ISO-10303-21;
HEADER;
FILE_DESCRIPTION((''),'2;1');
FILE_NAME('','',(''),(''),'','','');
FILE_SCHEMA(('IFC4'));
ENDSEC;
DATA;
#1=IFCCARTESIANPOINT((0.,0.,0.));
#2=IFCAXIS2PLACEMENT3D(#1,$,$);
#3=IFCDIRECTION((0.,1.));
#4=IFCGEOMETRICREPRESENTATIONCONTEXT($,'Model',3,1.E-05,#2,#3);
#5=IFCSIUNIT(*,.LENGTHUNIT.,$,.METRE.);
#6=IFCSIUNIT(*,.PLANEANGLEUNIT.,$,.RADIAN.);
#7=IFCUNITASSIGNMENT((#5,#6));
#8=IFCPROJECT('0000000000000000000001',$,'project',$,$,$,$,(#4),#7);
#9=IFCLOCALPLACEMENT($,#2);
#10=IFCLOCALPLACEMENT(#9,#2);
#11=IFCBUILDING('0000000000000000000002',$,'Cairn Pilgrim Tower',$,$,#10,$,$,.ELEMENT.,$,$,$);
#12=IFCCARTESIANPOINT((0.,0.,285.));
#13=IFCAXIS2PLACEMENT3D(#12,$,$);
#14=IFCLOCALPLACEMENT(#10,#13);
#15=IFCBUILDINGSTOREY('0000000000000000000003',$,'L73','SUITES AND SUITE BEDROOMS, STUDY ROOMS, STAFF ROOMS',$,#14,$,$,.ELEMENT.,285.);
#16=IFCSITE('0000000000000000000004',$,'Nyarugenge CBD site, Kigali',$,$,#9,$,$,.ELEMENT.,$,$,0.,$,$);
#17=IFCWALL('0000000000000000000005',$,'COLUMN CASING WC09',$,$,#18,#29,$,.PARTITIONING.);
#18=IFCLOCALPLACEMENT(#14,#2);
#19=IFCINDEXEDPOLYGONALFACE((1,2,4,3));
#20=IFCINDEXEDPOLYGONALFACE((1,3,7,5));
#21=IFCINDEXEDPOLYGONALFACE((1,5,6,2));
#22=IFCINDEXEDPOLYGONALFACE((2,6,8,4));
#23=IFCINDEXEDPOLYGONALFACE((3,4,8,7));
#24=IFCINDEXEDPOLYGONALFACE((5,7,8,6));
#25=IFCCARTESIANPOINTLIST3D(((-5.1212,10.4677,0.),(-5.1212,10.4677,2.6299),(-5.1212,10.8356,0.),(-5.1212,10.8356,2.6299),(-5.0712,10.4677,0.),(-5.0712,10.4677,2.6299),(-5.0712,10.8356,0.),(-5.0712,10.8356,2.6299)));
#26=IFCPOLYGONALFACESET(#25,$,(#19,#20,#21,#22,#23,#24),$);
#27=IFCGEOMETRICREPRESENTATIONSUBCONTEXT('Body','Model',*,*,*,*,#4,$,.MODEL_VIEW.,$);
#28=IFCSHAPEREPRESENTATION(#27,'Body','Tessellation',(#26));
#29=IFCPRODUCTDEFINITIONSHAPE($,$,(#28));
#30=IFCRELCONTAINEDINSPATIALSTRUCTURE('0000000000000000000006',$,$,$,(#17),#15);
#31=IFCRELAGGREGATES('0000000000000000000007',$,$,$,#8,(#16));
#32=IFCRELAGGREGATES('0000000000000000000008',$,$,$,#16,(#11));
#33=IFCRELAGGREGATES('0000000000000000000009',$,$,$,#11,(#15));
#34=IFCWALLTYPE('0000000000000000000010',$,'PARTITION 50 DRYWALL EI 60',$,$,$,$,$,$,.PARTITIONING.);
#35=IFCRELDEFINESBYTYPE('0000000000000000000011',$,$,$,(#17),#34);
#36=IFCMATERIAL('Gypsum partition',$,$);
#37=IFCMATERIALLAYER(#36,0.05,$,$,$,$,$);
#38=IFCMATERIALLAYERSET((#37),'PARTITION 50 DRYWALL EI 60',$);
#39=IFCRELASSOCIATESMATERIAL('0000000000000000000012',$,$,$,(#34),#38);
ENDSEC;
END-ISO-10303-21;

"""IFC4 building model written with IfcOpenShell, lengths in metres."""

from ifc_helpers import new_model, si_unit, direction, frame, frame_2d, origin, place, context, subcontext, project, spatial, rectangle, extrude, material, layer, layer_set, type_object, element, save


model = new_model("IFC4")

# Units and contexts
model_context = context("Model", 3, precision=1e-05, world=origin(), true_north=direction((0.0, 1.0)))
body_context = subcontext(model_context, "Body", "Model", "MODEL_VIEW")
ifc_project = project(units=[si_unit("LENGTHUNIT", "METRE"), si_unit("PLANEANGLEUNIT", "RADIAN")], contexts=[model_context])

# Site, building, storey
site_placement = place(None, origin())
site = spatial("IfcSite", under=ifc_project, at=site_placement, Name="Nyarugenge CBD site, Kigali", CompositionType="ELEMENT", RefElevation=0.0)
building_placement = place(site_placement, origin())
building = spatial("IfcBuilding", under=site, at=building_placement, Name="Cairn Pilgrim Tower", CompositionType="ELEMENT")
storey_placement = place(building_placement, frame((0.0, 0.0, 285.0)))
storey = spatial("IfcBuildingStorey", under=building, at=storey_placement, Name="L73", Description="SUITES AND SUITE BEDROOMS, STUDY ROOMS, STAFF ROOMS", CompositionType="ELEMENT", Elevation=285.0)

# Shared definitions
ifc_material_1 = material(Name="Gypsum partition")

# Wall
ifc_layer_1 = layer(ifc_material_1, 0.05)
ifc_layer_set_1 = layer_set([ifc_layer_1], Name="PARTITION 50 DRYWALL EI 60")
wall_type_1 = type_object("IfcWallType", Name="PARTITION 50 DRYWALL EI 60", PredefinedType="PARTITIONING", material=ifc_layer_set_1)
wall_1_placement = place(storey_placement, frame((-5.0962, 10.4675, 0.0), z_axis=(0.0, 0.0, 1.0), x_axis=(0.0, 1.0, 0.0)))
element("IfcWall", 1, at=wall_1_placement, inside=storey, type_object=wall_type_1, Name="COLUMN CASING WC09", PredefinedType="PARTITIONING", context=body_context, shape_type="SweptSolid", body=[
    extrude(rectangle(XDim=0.3679, YDim=0.05, at=frame_2d((0.1841, 0.0))), origin(), (0.0, 0.0, 1.0), 2.6299),
])

save(model, "model.ifc")
